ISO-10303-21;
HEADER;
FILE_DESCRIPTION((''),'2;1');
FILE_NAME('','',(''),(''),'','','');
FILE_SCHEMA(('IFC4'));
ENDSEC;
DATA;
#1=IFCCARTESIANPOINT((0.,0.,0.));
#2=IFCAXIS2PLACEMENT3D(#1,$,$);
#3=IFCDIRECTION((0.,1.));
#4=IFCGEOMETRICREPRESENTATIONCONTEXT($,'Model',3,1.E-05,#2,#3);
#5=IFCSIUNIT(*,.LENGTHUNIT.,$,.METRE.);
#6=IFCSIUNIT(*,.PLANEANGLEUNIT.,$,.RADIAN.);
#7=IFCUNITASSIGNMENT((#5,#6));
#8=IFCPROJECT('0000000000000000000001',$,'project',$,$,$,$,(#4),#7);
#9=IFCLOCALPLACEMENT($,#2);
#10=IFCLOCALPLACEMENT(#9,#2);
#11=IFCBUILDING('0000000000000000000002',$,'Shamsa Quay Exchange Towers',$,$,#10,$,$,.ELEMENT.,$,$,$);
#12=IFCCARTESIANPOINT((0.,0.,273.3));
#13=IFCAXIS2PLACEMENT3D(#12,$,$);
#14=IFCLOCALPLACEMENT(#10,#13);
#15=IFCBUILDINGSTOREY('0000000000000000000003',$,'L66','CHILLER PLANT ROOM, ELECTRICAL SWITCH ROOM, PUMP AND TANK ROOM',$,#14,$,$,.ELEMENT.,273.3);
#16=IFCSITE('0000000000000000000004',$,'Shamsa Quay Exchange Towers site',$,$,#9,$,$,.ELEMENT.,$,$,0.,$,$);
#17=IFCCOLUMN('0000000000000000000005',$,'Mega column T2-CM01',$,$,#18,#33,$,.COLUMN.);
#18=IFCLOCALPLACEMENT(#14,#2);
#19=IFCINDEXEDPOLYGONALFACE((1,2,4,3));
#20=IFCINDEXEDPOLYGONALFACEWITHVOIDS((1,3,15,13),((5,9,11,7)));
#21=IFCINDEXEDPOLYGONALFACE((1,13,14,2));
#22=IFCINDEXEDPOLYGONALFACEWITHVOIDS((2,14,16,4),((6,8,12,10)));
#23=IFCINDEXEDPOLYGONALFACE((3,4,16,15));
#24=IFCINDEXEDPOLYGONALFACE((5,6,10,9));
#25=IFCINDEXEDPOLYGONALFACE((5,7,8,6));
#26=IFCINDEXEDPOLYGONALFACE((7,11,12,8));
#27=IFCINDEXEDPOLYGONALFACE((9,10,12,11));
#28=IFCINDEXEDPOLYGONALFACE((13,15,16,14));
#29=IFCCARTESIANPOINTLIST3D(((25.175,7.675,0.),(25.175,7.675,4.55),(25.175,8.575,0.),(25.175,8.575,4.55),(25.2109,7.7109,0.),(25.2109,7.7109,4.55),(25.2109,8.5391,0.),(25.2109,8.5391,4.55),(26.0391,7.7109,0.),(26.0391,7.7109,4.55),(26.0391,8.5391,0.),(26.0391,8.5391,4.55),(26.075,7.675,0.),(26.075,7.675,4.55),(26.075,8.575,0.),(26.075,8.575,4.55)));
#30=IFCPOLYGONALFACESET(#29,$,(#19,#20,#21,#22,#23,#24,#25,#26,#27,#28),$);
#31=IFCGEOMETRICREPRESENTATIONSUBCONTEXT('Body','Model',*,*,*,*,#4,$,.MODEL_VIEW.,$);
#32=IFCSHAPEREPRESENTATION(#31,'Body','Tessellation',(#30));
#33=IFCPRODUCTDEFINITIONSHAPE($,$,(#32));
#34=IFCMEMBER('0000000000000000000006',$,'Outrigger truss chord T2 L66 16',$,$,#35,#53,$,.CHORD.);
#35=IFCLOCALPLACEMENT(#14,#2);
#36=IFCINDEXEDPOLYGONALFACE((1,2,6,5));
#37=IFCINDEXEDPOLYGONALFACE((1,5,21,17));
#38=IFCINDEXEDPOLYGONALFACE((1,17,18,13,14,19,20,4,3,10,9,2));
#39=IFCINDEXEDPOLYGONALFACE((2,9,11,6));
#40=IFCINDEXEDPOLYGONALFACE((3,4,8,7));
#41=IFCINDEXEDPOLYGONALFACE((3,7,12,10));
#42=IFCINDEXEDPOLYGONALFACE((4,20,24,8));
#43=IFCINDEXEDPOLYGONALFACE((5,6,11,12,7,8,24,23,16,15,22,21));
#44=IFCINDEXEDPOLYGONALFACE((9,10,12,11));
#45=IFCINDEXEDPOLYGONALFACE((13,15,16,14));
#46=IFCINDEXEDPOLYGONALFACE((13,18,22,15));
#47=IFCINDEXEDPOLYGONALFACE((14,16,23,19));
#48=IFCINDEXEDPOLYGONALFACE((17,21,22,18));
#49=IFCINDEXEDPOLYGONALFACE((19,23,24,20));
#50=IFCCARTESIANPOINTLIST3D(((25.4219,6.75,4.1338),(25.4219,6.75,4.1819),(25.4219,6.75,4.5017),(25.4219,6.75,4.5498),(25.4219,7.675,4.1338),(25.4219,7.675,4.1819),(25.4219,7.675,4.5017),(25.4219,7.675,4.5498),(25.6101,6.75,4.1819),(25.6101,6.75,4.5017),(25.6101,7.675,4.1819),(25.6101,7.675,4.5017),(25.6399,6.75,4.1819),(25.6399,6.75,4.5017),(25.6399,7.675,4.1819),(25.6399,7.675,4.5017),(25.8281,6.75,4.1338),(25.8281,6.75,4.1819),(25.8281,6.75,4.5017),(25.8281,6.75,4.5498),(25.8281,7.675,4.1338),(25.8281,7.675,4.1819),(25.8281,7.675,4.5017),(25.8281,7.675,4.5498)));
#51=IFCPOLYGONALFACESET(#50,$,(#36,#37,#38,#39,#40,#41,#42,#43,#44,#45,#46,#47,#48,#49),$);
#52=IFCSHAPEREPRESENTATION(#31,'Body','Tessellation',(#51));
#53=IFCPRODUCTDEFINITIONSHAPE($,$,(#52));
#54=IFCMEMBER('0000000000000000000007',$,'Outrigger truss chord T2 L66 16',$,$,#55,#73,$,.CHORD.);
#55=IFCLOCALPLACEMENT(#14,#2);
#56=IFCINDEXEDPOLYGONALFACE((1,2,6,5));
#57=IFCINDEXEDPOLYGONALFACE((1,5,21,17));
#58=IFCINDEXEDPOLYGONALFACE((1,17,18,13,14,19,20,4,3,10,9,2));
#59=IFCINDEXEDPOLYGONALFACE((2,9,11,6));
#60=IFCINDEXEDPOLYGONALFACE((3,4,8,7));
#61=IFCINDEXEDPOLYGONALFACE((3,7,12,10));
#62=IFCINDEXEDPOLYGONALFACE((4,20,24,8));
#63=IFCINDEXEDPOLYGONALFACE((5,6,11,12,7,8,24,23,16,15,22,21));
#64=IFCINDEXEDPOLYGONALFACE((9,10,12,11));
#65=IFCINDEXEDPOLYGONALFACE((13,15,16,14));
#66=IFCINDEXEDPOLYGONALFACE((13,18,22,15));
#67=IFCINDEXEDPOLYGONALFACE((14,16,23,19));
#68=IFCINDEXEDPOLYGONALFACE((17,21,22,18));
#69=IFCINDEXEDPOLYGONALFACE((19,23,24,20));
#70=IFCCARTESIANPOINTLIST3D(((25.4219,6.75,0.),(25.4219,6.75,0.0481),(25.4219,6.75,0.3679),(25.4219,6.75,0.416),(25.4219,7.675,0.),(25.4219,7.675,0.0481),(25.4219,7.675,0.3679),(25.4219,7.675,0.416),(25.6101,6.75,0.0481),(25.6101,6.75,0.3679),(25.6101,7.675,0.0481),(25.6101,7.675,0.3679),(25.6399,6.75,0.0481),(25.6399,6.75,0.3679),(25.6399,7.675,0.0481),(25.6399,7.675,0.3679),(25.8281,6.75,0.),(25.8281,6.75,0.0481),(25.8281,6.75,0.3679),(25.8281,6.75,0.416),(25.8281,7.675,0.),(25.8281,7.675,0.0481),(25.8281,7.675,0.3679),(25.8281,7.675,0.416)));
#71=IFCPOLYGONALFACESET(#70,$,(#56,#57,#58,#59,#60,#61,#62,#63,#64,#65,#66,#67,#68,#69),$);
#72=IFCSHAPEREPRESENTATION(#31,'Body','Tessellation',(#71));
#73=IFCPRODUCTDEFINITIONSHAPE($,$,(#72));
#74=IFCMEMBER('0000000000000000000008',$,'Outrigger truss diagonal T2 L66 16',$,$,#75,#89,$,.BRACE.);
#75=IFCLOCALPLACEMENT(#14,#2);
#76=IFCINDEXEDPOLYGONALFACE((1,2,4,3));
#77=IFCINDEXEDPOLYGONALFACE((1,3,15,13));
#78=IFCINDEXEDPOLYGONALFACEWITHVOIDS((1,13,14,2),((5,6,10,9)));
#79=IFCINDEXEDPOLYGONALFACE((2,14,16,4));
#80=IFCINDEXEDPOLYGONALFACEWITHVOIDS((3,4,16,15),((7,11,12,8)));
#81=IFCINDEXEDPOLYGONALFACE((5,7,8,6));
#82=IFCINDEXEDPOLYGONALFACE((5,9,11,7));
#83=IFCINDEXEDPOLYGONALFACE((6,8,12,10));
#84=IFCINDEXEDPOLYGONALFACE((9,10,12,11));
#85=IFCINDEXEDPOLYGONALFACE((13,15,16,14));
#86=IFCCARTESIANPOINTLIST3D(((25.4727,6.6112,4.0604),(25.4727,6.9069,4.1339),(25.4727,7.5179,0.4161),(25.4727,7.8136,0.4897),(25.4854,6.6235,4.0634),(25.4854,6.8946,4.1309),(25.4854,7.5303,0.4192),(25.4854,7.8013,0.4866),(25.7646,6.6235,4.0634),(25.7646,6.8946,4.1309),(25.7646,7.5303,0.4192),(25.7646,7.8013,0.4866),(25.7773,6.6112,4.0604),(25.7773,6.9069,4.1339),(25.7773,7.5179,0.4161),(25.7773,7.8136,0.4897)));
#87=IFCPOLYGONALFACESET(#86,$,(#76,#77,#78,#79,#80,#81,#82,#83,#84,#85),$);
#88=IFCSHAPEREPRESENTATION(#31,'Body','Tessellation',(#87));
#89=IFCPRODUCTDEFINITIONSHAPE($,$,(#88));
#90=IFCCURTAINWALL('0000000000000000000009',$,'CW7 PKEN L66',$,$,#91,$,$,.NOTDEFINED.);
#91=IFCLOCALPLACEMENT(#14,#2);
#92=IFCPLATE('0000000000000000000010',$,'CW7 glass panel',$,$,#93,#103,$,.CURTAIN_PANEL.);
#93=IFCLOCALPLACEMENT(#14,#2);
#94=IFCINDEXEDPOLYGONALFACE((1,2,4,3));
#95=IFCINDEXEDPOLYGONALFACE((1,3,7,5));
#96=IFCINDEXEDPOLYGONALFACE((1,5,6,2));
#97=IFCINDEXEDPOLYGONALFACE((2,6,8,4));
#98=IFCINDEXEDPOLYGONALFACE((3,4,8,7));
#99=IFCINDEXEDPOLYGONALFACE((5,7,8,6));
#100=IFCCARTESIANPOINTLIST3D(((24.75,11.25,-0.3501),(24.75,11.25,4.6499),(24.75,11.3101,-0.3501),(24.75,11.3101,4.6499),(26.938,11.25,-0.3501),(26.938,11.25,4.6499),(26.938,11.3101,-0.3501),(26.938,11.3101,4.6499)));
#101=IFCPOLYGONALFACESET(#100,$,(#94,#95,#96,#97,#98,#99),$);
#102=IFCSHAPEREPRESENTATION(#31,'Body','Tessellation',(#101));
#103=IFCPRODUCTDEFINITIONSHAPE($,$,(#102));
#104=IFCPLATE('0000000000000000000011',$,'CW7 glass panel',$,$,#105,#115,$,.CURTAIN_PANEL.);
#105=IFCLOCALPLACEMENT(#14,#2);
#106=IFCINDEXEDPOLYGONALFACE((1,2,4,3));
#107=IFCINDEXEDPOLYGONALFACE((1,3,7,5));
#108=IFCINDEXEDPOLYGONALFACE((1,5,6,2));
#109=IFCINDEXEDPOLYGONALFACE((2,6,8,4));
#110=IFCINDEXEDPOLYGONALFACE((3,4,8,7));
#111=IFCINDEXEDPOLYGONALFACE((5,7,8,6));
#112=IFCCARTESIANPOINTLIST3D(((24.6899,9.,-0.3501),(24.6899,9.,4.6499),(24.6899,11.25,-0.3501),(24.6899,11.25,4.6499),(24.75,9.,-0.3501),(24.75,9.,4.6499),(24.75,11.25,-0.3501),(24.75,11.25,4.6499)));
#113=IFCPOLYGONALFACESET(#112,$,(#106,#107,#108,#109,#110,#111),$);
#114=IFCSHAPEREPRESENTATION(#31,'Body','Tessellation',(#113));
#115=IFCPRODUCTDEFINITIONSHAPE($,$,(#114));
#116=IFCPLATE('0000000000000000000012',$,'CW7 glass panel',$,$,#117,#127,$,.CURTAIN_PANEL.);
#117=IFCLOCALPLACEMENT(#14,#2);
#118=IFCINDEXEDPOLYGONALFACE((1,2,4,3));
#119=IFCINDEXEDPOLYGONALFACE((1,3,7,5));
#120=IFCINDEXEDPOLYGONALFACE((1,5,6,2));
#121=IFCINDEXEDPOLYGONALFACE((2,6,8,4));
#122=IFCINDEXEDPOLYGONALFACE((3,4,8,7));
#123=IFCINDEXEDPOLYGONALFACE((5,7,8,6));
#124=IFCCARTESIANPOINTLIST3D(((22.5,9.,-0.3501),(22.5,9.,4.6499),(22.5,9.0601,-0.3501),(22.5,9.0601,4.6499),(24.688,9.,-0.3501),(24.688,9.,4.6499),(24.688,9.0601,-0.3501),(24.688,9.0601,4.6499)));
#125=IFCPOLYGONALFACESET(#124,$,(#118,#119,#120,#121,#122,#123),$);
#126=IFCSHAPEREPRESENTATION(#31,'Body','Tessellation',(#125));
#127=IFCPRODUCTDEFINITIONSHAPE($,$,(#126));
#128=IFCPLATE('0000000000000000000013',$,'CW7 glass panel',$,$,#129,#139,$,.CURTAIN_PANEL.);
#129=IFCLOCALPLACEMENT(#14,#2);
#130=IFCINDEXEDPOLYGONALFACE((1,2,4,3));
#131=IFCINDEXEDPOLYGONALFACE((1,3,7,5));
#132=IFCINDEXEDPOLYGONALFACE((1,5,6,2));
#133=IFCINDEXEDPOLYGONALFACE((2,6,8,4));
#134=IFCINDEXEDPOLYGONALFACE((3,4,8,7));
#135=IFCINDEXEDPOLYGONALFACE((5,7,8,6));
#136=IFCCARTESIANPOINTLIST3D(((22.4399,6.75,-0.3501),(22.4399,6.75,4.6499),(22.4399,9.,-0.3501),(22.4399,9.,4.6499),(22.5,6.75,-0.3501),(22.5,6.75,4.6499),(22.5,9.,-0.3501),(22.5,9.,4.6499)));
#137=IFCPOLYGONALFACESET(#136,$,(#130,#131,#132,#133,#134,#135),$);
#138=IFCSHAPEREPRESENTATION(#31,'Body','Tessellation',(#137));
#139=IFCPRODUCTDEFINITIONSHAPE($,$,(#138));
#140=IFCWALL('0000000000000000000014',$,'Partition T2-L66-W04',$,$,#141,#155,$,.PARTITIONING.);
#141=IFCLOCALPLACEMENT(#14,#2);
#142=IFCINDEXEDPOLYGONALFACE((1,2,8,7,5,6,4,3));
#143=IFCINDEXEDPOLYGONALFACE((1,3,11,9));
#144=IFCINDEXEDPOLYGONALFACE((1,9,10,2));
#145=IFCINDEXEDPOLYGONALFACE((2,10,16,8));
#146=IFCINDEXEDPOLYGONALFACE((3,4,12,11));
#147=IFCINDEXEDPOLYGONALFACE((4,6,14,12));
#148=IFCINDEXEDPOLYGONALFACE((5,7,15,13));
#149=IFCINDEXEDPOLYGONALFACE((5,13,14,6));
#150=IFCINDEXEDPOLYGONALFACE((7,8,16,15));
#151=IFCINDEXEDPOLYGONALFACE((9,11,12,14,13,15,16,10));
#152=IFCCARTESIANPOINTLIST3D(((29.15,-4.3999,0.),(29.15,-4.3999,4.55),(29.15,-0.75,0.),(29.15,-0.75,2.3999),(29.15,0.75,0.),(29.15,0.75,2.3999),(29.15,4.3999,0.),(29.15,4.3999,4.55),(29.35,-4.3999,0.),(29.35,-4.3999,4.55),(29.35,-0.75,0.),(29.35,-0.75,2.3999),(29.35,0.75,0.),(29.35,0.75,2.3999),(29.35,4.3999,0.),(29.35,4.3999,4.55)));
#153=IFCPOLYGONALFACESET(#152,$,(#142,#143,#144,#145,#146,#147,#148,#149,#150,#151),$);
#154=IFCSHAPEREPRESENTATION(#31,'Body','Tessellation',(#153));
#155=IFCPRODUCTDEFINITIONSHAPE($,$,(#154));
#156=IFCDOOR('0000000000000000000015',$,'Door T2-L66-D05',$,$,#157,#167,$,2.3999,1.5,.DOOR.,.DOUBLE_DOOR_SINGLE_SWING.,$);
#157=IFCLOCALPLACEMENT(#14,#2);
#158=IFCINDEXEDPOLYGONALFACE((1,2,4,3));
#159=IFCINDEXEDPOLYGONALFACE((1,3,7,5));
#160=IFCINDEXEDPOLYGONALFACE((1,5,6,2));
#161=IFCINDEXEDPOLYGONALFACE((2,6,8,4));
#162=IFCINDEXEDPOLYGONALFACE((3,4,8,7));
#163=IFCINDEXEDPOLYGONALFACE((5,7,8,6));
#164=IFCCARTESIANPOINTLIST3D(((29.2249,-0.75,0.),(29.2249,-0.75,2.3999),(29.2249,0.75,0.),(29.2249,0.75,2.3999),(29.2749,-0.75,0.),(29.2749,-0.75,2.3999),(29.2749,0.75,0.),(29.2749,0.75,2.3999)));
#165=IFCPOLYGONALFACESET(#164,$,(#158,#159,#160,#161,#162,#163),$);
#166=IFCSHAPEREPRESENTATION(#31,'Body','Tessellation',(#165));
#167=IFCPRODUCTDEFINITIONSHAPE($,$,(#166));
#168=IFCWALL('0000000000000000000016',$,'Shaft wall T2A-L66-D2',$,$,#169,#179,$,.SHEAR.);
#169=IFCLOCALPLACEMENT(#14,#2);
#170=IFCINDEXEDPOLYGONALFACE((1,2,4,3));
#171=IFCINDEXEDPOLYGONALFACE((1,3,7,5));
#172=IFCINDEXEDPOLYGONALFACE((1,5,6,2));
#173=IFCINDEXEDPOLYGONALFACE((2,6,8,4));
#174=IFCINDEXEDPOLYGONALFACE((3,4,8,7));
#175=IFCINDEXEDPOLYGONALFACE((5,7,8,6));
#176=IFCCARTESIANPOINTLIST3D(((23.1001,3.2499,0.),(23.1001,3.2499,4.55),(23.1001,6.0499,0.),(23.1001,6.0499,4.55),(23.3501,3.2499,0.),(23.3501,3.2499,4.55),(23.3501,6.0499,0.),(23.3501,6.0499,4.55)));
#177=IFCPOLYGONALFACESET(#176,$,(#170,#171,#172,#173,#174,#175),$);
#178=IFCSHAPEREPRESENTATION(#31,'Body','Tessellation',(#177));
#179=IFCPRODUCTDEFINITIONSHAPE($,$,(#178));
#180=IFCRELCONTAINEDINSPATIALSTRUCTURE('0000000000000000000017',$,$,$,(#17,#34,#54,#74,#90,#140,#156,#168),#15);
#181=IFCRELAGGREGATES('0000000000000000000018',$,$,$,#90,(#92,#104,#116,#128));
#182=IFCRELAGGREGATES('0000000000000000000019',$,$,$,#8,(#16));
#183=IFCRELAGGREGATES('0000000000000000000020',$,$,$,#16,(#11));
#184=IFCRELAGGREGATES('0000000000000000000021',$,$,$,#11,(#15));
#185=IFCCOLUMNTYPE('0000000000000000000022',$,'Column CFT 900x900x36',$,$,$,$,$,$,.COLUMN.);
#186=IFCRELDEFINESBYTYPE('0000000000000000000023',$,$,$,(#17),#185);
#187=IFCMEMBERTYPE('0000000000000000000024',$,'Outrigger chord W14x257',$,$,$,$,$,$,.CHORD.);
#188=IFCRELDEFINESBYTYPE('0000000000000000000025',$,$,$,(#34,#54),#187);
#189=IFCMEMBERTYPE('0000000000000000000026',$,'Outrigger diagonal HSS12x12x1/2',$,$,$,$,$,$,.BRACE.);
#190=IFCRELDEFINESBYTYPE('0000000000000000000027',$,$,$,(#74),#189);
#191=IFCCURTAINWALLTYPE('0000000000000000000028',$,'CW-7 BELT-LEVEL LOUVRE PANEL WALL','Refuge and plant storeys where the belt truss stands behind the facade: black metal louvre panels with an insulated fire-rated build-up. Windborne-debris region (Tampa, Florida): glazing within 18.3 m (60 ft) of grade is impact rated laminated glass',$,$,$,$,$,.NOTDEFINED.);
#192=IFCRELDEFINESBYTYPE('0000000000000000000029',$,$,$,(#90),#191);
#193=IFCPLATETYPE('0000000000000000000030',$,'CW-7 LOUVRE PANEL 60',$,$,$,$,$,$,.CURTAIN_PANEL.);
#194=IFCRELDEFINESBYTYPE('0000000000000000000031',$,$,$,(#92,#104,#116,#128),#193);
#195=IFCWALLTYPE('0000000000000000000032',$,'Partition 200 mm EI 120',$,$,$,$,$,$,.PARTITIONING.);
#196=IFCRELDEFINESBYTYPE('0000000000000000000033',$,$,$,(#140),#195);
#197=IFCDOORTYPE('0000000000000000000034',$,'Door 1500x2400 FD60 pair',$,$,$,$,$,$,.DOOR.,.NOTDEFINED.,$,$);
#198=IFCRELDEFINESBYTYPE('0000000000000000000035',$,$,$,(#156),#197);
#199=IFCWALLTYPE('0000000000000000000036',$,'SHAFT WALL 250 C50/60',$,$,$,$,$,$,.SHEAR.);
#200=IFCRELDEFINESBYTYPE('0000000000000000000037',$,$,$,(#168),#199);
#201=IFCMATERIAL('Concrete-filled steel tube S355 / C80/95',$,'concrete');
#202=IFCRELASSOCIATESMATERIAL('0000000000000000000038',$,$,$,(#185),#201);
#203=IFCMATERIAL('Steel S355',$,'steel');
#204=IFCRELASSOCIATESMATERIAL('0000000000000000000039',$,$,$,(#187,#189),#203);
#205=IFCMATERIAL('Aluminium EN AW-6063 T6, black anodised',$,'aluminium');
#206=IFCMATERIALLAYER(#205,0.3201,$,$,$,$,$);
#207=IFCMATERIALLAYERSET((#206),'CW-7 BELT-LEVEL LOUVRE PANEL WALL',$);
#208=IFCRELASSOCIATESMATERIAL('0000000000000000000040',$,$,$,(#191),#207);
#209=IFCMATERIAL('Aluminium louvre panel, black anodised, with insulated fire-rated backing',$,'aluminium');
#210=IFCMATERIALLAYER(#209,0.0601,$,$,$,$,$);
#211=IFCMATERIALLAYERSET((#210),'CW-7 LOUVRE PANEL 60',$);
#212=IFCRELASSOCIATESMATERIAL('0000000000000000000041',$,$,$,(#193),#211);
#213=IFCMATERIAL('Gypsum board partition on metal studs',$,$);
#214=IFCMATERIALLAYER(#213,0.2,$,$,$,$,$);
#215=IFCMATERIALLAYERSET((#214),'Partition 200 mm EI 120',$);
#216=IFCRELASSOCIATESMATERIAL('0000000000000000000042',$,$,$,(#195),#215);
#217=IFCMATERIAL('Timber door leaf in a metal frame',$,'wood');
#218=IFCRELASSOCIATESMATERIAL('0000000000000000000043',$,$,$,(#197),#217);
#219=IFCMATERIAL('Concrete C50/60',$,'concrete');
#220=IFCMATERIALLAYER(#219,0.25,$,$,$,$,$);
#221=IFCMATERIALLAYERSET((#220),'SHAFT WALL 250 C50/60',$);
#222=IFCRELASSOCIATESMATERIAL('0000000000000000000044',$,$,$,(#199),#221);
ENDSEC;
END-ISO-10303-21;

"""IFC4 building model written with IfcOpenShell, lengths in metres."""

from ifc_helpers import new_model, si_unit, direction, frame, frame_2d, origin, origin_2d, place, context, subcontext, project, spatial, rectangle, hollow_rectangle, i_section, extrude, material, layer, layer_set, material_profile, profile_set, type_object, element, fill, aggregate, save


model = new_model("IFC4")

# Units and contexts
model_context = context("Model", 3, precision=1e-05, world=origin(), true_north=direction((0.0, 1.0)))
body_context = subcontext(model_context, "Body", "Model", "MODEL_VIEW")
ifc_project = project(units=[si_unit("LENGTHUNIT", "METRE"), si_unit("PLANEANGLEUNIT", "RADIAN")], contexts=[model_context])

# Site, building, storey
site_placement = place(None, origin())
site = spatial("IfcSite", under=ifc_project, at=site_placement, Name="Shamsa Quay Exchange Towers site", CompositionType="ELEMENT", RefElevation=0.0)
building_placement = place(site_placement, origin())
building = spatial("IfcBuilding", under=site, at=building_placement, Name="Shamsa Quay Exchange Towers", CompositionType="ELEMENT")
storey_placement = place(building_placement, frame((0.0, 0.0, 273.3)))
storey = spatial("IfcBuildingStorey", under=building, at=storey_placement, Name="L66", Description="CHILLER PLANT ROOM, ELECTRICAL SWITCH ROOM, PUMP AND TANK ROOM", CompositionType="ELEMENT", Elevation=273.3)

# Column
ifc_material_1 = material(Name="Concrete-filled steel tube S355 / C80/95", Category="concrete")
ifc_material_profile_1 = material_profile(ifc_material_1, hollow_rectangle(XDim=0.8999, YDim=0.8999, WallThickness=0.0359, at=origin_2d()), Name="CFT 900x900x36")
ifc_profile_set_1 = profile_set([ifc_material_profile_1], Name="Concrete-filled steel tube S355 / C80/95")
column_type = type_object("IfcColumnType", Name="Column CFT 900x900x36", PredefinedType="COLUMN", material=ifc_profile_set_1)
column_placement = place(storey_placement, frame((25.625, 8.125, 0.0)))
element("IfcColumn", 1, at=column_placement, inside=storey, type_object=column_type, Name="Mega column T2-CM01", PredefinedType="COLUMN", context=body_context, shape_type="SweptSolid", body=[
    extrude(hollow_rectangle(XDim=0.8999, YDim=0.8999, WallThickness=0.0359, at=origin_2d()), origin(), (0.0, 0.0, 1.0), 4.55),
])

# Members
ifc_material_2 = material(Name="Steel S355", Category="steel")
ifc_material_profile_2 = material_profile(ifc_material_2, i_section(OverallWidth=0.4062, OverallDepth=0.416, WebThickness=0.0298, FlangeThickness=0.0481, at=origin_2d()), Name="W14x257")
ifc_profile_set_2 = profile_set([ifc_material_profile_2], Name="Steel S355")
member_type_1 = type_object("IfcMemberType", Name="Outrigger chord W14x257", PredefinedType="CHORD", material=ifc_profile_set_2)
for number, where, z_axis, x_axis, name in (
    (2, (25.625, 7.675, 4.3418), (0.0, -1.0, 0.0), (1.0, 0.0, 0.0), "Outrigger truss chord T2 L66 16"),
    (3, (25.625, 7.675, 0.208), (0.0, -1.0, 0.0), (1.0, 0.0, 0.0), "Outrigger truss chord T2 L66 16"),
):
    element("IfcMember", number, at=place(storey_placement, frame(where, z_axis=z_axis, x_axis=x_axis)), inside=storey, type_object=member_type_1, Name=name, PredefinedType="CHORD", context=body_context, shape_type="SweptSolid", body=[
        extrude(i_section(OverallWidth=0.4062, OverallDepth=0.416, WebThickness=0.0298, FlangeThickness=0.0481, at=origin_2d()), origin(), (0.0, 0.0, 1.0), 0.925),
    ])
ifc_material_profile_3 = material_profile(ifc_material_2, hollow_rectangle(XDim=0.3047, YDim=0.3047, WallThickness=0.0127, at=origin_2d()), Name="HSS12x12x1/2")
ifc_profile_set_3 = profile_set([ifc_material_profile_3], Name="Steel S355")
member_type_2 = type_object("IfcMemberType", Name="Outrigger diagonal HSS12x12x1/2", PredefinedType="BRACE", material=ifc_profile_set_3)
member_placement = place(storey_placement, frame((25.625, 7.6658, 0.4529), z_axis=(0.0, -0.241449, 0.970413), x_axis=(1.0, 0.0, 0.0)))
element("IfcMember", 4, at=member_placement, inside=storey, type_object=member_type_2, Name="Outrigger truss diagonal T2 L66 16", PredefinedType="BRACE", context=body_context, shape_type="SweptSolid", body=[
    extrude(hollow_rectangle(XDim=0.3047, YDim=0.3047, WallThickness=0.0127, at=origin_2d()), origin(), (0.0, 0.0, 1.0), 3.7554),
])

# Curtain wall, plates
ifc_material_3 = material(Name="Aluminium EN AW-6063 T6, black anodised", Category="aluminium")
ifc_layer_1 = layer(ifc_material_3, 0.3201)
ifc_layer_set_1 = layer_set([ifc_layer_1], Name="CW-7 BELT-LEVEL LOUVRE PANEL WALL")
curtain_wall_type = type_object("IfcCurtainWallType", Name="CW-7 BELT-LEVEL LOUVRE PANEL WALL", Description="Refuge and plant storeys where the belt truss stands behind the facade: black metal louvre panels with an insulated fire-rated build-up. Windborne-debris region (Tampa, Florida): glazing within 18.3 m (60 ft) of grade is impact rated laminated glass", PredefinedType="NOTDEFINED", material=ifc_layer_set_1)
curtain_wall_placement = place(storey_placement, origin())
curtain_wall = element("IfcCurtainWall", 5, at=curtain_wall_placement, inside=storey, type_object=curtain_wall_type, Name="CW7 PKEN L66", PredefinedType="NOTDEFINED")
ifc_material_4 = material(Name="Aluminium louvre panel, black anodised, with insulated fire-rated backing", Category="aluminium")
ifc_layer_2 = layer(ifc_material_4, 0.0601)
ifc_layer_set_2 = layer_set([ifc_layer_2], Name="CW-7 LOUVRE PANEL 60")
plate_type = type_object("IfcPlateType", Name="CW-7 LOUVRE PANEL 60", PredefinedType="CURTAIN_PANEL", material=ifc_layer_set_2)
plate_1_placement = place(storey_placement, frame((25.844, 11.28, -0.3501), z_axis=(0.0, 0.0, 1.0), x_axis=(-1.0, 0.0, 0.0)))
plate_1 = element("IfcPlate", 6, at=plate_1_placement, type_object=plate_type, Name="CW7 glass panel", PredefinedType="CURTAIN_PANEL", context=body_context, shape_type="SweptSolid", body=[
    extrude(rectangle(XDim=2.188, YDim=0.0601, at=origin_2d()), origin(), (0.0, 0.0, 1.0), 5.0),
])
plate_2_placement = place(storey_placement, frame((24.72, 10.125, -0.3501), z_axis=(0.0, 0.0, 1.0), x_axis=(0.0, -1.0, 0.0)))
plate_2 = element("IfcPlate", 7, at=plate_2_placement, type_object=plate_type, Name="CW7 glass panel", PredefinedType="CURTAIN_PANEL", context=body_context, shape_type="SweptSolid", body=[
    extrude(rectangle(XDim=2.25, YDim=0.0601, at=origin_2d()), origin(), (0.0, 0.0, 1.0), 5.0),
])
plate_3_placement = place(storey_placement, frame((23.594, 9.03, -0.3501), z_axis=(0.0, 0.0, 1.0), x_axis=(-1.0, 0.0, 0.0)))
plate_3 = element("IfcPlate", 8, at=plate_3_placement, type_object=plate_type, Name="CW7 glass panel", PredefinedType="CURTAIN_PANEL", context=body_context, shape_type="SweptSolid", body=[
    extrude(rectangle(XDim=2.188, YDim=0.0601, at=origin_2d()), origin(), (0.0, 0.0, 1.0), 5.0),
])
plate_4_placement = place(storey_placement, frame((22.47, 7.875, -0.3501), z_axis=(0.0, 0.0, 1.0), x_axis=(0.0, -1.0, 0.0)))
plate_4 = element("IfcPlate", 9, at=plate_4_placement, type_object=plate_type, Name="CW7 glass panel", PredefinedType="CURTAIN_PANEL", context=body_context, shape_type="SweptSolid", body=[
    extrude(rectangle(XDim=2.25, YDim=0.0601, at=origin_2d()), origin(), (0.0, 0.0, 1.0), 5.0),
])
aggregate(curtain_wall, [plate_1, plate_2, plate_3, plate_4])

# Wall, opening, door
ifc_material_5 = material(Name="Gypsum board partition on metal studs")
ifc_layer_3 = layer(ifc_material_5, 0.2)
ifc_layer_set_3 = layer_set([ifc_layer_3], Name="Partition 200 mm EI 120")
wall_type_1 = type_object("IfcWallType", Name="Partition 200 mm EI 120", PredefinedType="PARTITIONING", material=ifc_layer_set_3)
wall_1_placement = place(storey_placement, frame((29.25, 4.3999, 0.0), z_axis=(0.0, 0.0, 1.0), x_axis=(0.0, -1.0, 0.0)))
wall_1 = element("IfcWall", 10, at=wall_1_placement, inside=storey, type_object=wall_type_1, Name="Partition T2-L66-W04", PredefinedType="PARTITIONING", context=body_context, shape_type="SweptSolid", body=[
    extrude(rectangle(XDim=8.7998, YDim=0.2, at=frame_2d((4.3999, 0.0))), origin(), (0.0, 0.0, 1.0), 4.55),
])
opening_1_placement = place(wall_1_placement, frame((3.6499, 0.0, 0.0)))
opening_1 = element("IfcOpeningElement", 11, at=opening_1_placement, cuts=wall_1, PredefinedType="OPENING", context=body_context, shape_type="SweptSolid", body=[
    extrude(rectangle(XDim=1.5, YDim=2.3999, at=frame_2d((0.75, 1.2))), frame((0.0, 0.1099, 0.0), z_axis=(0.0, -1.0, 0.0), x_axis=(1.0, 0.0, 0.0)), (0.0, 0.0, 1.0), 0.22),
])
ifc_material_6 = material(Name="Timber door leaf in a metal frame", Category="wood")
door_type_1 = type_object("IfcDoorType", Name="Door 1500x2400 FD60 pair", OperationType="NOTDEFINED", PredefinedType="DOOR", material=ifc_material_6)
door_1_placement = place(opening_1_placement, origin())
door_1 = element("IfcDoor", 12, at=door_1_placement, inside=storey, type_object=door_type_1, Name="Door T2-L66-D05", OperationType="DOUBLE_DOOR_SINGLE_SWING", OverallHeight=2.3999, OverallWidth=1.5, PredefinedType="DOOR", context=body_context, shape_type="SweptSolid", body=[
    extrude(rectangle(XDim=1.5, YDim=2.3999, at=frame_2d((0.75, 1.2))), frame((0.0, 0.0249, 0.0), z_axis=(0.0, -1.0, 0.0), x_axis=(1.0, 0.0, 0.0)), (0.0, 0.0, 1.0), 0.05),
])
fill(opening_1, door_1)

# Wall
ifc_material_7 = material(Name="Concrete C50/60", Category="concrete")
ifc_layer_4 = layer(ifc_material_7, 0.25)
ifc_layer_set_4 = layer_set([ifc_layer_4], Name="SHAFT WALL 250 C50/60")
wall_type_2 = type_object("IfcWallType", Name="SHAFT WALL 250 C50/60", PredefinedType="SHEAR", material=ifc_layer_set_4)
wall_2_placement = place(storey_placement, frame((23.2251, 3.25, 0.0), z_axis=(0.0, 0.0, 1.0), x_axis=(0.0, 1.0, 0.0)))
element("IfcWall", 13, at=wall_2_placement, inside=storey, type_object=wall_type_2, Name="Shaft wall T2A-L66-D2", PredefinedType="SHEAR", context=body_context, shape_type="SweptSolid", body=[
    extrude(rectangle(XDim=2.8, YDim=0.25, at=frame_2d((1.3999, 0.0))), origin(), (0.0, 0.0, 1.0), 4.55),
])

save(model, "model.ifc")
